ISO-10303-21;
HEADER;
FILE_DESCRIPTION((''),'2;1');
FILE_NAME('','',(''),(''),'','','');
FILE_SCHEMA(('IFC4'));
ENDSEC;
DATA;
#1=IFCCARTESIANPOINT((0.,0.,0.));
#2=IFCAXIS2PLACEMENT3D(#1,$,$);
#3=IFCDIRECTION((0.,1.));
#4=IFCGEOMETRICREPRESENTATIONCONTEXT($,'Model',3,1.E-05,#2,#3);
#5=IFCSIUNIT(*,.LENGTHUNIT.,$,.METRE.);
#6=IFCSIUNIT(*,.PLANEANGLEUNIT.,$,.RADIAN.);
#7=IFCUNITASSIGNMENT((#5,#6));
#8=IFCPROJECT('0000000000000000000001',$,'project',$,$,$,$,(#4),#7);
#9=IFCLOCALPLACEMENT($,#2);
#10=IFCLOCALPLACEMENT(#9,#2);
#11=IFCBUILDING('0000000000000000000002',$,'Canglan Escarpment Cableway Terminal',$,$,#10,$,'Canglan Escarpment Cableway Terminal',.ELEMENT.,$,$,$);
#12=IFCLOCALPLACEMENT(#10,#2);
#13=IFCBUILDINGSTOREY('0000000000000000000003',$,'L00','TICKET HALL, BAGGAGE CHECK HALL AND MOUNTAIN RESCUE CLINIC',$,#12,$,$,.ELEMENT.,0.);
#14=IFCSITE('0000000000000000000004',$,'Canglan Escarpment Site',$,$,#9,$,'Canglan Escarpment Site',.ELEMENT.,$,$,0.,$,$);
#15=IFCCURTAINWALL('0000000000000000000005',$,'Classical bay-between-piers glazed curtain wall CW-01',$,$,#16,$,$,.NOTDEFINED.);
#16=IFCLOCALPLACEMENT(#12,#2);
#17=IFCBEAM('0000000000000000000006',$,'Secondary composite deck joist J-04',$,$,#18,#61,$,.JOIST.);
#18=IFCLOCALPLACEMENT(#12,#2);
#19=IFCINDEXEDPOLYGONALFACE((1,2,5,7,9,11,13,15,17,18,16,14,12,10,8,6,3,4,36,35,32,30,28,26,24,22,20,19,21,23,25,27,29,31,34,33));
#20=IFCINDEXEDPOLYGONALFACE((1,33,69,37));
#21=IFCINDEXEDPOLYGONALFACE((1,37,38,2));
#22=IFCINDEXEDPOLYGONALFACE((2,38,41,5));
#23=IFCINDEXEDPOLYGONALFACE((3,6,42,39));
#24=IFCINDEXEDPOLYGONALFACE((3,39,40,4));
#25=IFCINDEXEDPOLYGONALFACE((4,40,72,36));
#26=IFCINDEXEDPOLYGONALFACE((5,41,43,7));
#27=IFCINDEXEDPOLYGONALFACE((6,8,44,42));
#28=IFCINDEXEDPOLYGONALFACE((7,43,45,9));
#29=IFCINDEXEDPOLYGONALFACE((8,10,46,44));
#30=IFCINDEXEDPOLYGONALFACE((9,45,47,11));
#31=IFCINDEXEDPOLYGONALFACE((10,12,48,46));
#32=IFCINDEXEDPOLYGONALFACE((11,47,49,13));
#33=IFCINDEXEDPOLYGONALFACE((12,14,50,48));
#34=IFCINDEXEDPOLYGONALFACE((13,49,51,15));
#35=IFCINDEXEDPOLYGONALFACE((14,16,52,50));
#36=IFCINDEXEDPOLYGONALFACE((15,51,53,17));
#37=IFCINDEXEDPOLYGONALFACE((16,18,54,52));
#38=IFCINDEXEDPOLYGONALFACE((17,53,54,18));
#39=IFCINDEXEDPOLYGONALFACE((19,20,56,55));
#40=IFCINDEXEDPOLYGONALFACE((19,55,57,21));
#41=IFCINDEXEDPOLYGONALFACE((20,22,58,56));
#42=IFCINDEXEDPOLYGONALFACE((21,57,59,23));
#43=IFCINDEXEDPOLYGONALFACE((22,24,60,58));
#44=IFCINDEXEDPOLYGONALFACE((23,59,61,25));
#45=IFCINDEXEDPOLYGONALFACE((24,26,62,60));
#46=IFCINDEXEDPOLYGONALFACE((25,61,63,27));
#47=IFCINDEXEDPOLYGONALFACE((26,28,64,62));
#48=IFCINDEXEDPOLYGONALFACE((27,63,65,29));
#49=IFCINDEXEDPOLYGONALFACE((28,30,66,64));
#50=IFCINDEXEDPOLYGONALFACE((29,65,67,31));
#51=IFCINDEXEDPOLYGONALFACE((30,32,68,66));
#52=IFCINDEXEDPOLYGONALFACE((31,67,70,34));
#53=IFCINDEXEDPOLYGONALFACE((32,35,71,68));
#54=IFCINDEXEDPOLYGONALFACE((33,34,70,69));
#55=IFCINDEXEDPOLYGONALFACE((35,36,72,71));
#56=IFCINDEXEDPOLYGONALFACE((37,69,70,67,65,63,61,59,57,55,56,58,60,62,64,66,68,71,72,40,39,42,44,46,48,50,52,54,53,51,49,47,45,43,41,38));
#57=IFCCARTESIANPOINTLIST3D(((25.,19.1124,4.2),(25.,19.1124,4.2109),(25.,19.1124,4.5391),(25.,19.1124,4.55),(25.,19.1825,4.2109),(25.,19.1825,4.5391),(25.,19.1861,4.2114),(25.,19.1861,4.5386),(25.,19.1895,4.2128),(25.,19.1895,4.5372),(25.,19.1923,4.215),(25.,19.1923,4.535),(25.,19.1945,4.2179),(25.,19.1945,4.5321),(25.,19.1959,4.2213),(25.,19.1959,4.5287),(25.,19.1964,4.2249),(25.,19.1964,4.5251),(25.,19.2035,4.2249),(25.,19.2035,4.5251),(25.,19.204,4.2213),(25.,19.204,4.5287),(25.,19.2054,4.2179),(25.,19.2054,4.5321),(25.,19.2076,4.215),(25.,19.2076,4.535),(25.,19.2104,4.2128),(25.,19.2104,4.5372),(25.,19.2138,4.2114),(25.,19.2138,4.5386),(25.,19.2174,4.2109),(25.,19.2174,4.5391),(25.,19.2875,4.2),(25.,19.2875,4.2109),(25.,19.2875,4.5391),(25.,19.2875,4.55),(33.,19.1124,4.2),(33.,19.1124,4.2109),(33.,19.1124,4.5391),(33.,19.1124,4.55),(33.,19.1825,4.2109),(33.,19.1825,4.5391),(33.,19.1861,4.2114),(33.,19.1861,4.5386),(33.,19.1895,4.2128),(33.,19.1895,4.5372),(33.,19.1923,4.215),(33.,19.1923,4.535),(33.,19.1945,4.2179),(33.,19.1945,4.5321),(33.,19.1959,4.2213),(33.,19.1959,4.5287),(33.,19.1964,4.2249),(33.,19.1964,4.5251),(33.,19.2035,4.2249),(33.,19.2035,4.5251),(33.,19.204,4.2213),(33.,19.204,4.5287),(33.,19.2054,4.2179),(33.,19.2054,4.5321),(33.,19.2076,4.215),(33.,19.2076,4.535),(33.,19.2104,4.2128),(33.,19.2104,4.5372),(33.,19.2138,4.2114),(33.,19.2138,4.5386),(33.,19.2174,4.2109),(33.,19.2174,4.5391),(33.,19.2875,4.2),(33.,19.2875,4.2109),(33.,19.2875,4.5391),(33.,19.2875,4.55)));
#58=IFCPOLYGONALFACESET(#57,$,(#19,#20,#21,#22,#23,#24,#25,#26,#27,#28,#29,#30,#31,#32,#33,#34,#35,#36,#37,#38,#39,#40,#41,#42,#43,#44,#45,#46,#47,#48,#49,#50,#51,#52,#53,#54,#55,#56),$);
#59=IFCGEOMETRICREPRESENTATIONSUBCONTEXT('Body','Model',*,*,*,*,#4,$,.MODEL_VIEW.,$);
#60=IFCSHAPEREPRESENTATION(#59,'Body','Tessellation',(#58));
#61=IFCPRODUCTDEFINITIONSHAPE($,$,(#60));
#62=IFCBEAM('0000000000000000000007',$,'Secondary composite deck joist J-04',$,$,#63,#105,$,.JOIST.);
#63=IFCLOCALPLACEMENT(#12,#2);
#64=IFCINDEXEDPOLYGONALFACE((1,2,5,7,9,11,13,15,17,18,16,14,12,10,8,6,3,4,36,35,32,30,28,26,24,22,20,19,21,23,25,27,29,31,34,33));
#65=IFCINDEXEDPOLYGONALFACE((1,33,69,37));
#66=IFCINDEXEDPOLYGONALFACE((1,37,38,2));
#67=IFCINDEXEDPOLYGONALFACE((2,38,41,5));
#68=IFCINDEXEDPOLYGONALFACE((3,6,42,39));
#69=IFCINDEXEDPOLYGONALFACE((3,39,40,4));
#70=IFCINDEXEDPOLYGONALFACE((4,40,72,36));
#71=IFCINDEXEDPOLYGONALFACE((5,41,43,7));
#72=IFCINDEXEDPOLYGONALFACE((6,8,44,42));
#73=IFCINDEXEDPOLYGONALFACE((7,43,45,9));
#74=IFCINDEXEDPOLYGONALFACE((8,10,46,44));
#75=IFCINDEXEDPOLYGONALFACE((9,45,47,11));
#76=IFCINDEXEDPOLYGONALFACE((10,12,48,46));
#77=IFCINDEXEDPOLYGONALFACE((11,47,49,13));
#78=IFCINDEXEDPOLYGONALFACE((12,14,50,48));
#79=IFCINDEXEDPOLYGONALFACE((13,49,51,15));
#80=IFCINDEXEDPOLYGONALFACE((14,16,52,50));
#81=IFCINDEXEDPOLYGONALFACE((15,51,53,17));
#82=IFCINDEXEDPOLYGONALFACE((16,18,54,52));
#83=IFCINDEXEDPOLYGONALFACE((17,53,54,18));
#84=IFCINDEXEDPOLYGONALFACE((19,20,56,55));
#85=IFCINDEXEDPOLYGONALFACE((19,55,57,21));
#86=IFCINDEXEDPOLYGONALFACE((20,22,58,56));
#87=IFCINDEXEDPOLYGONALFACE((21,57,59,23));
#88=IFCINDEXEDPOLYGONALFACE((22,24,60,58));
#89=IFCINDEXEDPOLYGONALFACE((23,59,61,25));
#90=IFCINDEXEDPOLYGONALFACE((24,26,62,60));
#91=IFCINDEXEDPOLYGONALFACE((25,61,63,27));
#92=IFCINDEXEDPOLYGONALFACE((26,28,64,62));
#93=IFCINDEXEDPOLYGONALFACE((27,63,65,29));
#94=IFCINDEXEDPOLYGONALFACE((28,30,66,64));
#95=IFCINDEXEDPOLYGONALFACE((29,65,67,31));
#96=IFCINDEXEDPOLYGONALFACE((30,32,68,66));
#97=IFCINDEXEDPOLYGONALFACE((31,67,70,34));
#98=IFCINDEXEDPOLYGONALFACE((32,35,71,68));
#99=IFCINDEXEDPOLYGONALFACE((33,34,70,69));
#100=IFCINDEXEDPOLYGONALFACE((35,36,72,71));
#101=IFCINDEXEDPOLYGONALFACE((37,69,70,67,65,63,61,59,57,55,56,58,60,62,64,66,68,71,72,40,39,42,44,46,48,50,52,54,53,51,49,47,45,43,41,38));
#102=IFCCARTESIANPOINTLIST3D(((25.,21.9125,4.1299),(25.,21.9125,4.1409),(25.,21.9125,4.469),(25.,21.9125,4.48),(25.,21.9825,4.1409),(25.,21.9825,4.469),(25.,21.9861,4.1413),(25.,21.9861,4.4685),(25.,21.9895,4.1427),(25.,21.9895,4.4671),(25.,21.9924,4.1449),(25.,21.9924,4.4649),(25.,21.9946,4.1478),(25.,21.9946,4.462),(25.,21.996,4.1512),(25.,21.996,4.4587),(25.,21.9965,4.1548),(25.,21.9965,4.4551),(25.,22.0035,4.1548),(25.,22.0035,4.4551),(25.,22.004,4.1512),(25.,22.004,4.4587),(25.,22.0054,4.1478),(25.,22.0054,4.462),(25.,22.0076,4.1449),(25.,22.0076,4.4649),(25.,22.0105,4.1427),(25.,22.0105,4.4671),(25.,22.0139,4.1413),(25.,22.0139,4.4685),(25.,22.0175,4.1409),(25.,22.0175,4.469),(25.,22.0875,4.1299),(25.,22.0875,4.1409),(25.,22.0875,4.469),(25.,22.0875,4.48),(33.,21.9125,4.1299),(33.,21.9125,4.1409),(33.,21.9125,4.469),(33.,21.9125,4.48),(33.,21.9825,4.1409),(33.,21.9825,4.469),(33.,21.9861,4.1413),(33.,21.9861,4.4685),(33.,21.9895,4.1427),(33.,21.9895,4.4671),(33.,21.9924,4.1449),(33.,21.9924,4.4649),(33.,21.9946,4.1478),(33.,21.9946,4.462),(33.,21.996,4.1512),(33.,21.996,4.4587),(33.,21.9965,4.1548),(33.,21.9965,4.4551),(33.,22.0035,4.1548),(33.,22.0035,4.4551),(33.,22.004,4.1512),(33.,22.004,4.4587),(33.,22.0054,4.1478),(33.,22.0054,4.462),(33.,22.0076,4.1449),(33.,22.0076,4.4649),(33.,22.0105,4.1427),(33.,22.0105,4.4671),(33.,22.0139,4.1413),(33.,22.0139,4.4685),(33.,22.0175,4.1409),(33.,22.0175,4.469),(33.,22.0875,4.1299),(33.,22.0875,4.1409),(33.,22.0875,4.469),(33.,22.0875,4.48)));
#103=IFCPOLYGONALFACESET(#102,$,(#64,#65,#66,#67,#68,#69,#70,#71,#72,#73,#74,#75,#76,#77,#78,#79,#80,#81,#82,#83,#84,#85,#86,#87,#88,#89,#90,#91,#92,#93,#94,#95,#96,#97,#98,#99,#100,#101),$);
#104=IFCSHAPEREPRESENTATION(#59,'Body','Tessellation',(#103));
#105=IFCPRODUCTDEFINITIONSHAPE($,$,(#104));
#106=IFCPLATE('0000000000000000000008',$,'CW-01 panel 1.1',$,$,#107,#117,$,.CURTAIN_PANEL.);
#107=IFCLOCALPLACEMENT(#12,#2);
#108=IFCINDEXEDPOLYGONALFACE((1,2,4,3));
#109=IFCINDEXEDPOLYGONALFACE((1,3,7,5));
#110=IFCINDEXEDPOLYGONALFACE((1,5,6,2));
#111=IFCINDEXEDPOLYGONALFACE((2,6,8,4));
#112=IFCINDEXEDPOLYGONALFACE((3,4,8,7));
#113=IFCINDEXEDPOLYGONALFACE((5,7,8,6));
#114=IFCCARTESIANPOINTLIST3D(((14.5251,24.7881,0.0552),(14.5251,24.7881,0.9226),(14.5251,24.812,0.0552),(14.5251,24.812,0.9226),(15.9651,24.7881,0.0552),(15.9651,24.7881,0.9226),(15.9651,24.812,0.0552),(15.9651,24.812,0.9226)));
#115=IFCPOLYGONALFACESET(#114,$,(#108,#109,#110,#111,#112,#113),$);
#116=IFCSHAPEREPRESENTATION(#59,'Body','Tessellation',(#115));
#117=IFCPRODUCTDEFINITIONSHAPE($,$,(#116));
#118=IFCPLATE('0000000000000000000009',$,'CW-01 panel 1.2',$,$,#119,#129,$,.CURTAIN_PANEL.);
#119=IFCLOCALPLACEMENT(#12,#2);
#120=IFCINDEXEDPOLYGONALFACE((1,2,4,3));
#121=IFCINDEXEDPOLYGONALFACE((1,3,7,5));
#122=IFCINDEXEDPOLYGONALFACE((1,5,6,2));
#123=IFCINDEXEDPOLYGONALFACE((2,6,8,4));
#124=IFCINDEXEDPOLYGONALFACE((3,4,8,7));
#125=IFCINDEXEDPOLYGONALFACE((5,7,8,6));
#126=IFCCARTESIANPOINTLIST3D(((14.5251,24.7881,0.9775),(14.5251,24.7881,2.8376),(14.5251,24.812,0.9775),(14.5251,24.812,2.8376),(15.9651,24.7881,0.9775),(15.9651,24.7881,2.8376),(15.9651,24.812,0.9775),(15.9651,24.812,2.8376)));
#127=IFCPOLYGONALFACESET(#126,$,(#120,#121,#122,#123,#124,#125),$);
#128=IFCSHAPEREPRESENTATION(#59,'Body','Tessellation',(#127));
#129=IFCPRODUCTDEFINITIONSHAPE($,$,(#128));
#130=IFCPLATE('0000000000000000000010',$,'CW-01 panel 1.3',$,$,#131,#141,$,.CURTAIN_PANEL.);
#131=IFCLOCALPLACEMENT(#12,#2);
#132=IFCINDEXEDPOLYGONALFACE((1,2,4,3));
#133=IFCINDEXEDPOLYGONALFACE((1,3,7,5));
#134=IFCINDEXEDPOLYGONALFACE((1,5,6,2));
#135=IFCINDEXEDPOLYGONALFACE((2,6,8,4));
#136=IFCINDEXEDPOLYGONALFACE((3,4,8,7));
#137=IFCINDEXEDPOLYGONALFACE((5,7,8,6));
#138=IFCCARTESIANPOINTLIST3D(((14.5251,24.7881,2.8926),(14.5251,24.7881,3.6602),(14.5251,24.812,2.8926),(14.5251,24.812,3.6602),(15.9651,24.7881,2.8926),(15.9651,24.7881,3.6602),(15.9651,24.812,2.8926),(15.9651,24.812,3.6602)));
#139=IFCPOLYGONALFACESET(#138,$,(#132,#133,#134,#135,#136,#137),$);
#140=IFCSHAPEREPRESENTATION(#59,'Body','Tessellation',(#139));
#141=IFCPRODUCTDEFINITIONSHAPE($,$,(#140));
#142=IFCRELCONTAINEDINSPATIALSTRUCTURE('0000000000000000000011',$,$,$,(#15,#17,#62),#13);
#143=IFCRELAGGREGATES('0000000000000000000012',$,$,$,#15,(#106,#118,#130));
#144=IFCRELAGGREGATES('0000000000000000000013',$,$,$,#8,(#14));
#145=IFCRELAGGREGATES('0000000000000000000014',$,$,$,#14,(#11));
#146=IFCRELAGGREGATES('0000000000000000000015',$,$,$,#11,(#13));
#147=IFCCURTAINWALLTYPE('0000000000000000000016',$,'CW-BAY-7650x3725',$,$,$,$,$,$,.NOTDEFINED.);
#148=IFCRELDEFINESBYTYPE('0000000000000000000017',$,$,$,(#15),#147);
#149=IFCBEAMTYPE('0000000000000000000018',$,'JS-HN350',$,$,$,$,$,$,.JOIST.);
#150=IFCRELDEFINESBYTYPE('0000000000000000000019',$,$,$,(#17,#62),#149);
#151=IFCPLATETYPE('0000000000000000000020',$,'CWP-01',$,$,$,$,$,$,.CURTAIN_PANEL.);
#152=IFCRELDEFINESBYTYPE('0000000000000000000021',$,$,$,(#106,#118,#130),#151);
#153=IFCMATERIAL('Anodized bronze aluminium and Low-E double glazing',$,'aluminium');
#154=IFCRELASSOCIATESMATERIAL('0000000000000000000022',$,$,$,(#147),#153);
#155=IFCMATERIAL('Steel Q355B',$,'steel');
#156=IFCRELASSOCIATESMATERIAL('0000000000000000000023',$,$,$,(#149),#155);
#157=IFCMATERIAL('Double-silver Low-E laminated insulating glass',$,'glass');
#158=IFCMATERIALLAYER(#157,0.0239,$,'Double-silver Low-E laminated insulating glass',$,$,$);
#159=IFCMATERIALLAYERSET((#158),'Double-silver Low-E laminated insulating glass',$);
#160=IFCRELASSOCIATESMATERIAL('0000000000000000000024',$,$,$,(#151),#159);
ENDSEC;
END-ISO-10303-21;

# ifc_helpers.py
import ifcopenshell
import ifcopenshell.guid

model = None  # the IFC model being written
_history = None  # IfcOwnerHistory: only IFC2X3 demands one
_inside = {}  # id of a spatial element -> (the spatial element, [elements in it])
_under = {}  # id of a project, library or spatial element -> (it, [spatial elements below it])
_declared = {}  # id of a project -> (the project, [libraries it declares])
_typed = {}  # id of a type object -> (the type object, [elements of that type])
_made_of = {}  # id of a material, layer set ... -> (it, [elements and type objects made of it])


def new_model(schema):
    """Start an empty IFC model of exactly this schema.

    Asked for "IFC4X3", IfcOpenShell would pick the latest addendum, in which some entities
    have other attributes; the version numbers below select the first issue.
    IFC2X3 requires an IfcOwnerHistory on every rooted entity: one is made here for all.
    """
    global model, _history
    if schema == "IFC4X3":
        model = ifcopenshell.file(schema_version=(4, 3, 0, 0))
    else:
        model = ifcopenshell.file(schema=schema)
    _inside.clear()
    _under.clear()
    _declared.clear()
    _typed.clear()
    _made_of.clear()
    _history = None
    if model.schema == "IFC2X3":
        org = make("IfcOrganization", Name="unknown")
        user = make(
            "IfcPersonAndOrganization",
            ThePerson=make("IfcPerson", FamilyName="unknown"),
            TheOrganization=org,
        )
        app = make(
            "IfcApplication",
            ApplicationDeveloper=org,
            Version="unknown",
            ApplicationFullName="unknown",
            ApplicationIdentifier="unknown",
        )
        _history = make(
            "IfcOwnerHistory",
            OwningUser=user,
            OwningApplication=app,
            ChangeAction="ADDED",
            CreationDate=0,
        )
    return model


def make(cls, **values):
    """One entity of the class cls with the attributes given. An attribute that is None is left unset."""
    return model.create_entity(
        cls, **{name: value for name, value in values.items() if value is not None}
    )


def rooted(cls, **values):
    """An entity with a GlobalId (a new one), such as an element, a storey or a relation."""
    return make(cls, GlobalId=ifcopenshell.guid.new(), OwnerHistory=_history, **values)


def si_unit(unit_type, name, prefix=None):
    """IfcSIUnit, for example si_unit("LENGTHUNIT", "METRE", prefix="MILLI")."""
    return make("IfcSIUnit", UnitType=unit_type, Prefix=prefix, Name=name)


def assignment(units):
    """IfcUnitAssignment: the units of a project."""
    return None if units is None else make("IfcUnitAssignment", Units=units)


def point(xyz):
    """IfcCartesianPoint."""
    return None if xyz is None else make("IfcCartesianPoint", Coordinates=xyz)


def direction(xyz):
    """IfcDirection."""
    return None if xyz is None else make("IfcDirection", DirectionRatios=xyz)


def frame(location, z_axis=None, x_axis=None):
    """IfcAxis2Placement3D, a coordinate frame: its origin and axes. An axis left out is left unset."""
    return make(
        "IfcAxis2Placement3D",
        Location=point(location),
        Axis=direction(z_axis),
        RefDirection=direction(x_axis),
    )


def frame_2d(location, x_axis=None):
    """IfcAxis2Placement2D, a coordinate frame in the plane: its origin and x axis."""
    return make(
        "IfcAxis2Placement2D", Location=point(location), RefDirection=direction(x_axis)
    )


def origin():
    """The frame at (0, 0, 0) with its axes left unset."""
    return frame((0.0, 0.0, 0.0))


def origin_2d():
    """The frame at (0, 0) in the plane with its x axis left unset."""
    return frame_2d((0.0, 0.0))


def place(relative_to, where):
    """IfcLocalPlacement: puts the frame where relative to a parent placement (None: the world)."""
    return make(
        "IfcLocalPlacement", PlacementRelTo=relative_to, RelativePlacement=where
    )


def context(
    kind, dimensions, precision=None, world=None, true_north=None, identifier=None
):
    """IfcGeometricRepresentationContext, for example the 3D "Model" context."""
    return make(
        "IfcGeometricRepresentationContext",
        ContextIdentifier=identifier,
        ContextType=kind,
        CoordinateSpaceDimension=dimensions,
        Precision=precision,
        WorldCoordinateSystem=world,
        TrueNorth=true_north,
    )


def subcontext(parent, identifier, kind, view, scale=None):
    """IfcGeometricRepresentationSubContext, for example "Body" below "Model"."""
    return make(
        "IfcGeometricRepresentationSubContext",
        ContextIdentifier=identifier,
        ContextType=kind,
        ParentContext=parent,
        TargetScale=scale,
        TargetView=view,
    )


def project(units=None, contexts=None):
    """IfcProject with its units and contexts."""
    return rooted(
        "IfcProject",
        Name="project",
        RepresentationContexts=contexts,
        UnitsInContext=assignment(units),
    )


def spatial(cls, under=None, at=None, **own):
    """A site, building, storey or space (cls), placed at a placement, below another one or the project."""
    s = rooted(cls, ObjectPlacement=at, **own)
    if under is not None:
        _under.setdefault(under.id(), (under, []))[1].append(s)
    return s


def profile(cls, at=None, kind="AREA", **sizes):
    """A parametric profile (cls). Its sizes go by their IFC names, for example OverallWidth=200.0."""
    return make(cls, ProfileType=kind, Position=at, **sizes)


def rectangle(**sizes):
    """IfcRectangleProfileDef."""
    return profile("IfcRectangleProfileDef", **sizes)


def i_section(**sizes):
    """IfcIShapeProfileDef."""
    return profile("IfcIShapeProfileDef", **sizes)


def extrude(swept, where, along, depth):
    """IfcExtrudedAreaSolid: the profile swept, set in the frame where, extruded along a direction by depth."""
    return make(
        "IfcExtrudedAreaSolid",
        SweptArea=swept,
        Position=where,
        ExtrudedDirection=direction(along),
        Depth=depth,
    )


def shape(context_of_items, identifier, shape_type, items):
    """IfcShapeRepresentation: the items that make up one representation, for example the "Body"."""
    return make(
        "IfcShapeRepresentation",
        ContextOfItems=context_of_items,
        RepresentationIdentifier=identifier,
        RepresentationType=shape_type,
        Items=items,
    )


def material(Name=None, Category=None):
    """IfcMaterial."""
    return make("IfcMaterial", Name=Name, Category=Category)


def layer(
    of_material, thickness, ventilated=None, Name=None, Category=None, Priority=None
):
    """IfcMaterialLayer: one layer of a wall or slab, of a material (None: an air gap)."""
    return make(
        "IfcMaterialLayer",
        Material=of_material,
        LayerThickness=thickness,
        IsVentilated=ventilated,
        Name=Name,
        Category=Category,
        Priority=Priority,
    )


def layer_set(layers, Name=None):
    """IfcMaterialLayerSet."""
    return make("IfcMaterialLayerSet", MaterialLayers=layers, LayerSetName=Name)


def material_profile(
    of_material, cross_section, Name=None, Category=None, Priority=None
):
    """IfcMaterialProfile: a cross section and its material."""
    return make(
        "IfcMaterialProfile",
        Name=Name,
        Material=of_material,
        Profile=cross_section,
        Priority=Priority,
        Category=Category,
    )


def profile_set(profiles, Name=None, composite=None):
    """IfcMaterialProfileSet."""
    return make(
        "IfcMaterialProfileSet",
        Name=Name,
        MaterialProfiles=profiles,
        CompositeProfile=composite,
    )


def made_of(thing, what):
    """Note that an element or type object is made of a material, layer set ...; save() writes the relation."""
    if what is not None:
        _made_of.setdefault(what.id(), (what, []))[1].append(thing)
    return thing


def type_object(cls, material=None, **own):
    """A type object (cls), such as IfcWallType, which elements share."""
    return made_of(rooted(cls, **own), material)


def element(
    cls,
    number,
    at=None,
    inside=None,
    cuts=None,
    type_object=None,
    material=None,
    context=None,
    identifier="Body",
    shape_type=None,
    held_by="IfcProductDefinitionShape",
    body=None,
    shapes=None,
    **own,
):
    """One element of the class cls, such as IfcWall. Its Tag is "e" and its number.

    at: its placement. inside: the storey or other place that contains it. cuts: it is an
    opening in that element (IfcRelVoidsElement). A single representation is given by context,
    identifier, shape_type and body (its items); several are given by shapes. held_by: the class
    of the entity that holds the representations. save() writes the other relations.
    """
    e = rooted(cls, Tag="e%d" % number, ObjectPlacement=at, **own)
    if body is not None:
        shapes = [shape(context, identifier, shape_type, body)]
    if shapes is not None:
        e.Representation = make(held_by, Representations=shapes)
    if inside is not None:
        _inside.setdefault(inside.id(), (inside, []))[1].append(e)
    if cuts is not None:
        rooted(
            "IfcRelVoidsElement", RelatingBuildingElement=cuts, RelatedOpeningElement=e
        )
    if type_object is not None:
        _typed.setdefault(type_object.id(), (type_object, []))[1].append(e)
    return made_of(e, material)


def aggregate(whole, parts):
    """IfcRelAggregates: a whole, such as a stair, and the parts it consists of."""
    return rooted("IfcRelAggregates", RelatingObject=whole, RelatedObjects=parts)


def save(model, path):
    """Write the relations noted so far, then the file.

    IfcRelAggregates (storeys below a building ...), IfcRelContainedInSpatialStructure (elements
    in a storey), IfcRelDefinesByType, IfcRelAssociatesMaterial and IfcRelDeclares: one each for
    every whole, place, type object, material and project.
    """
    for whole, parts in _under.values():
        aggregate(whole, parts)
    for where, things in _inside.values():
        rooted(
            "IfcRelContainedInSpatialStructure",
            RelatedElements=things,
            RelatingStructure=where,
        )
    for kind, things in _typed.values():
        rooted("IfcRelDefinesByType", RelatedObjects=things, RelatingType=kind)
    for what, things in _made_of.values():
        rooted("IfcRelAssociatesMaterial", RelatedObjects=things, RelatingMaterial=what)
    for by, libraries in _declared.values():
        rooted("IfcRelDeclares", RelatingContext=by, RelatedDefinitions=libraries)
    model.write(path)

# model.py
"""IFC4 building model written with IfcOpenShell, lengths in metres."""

from ifc_helpers import new_model, si_unit, direction, frame, origin, origin_2d, place, context, subcontext, project, spatial, rectangle, i_section, extrude, material, layer, layer_set, material_profile, profile_set, type_object, element, aggregate, save


model = new_model("IFC4")

# Units and contexts
model_context = context("Model", 3, precision=1e-05, world=origin(), true_north=direction((0.0, 1.0)))
body_context = subcontext(model_context, "Body", "Model", "MODEL_VIEW")
ifc_project = project(units=[si_unit("LENGTHUNIT", "METRE"), si_unit("PLANEANGLEUNIT", "RADIAN")], contexts=[model_context])

# Site, building, storey
site_placement = place(None, origin())
site = spatial("IfcSite", under=ifc_project, at=site_placement, Name="Canglan Escarpment Site", LongName="Canglan Escarpment Site", CompositionType="ELEMENT", RefElevation=0.0)
building_placement = place(site_placement, origin())
building = spatial("IfcBuilding", under=site, at=building_placement, Name="Canglan Escarpment Cableway Terminal", LongName="Canglan Escarpment Cableway Terminal", CompositionType="ELEMENT")
storey_placement = place(building_placement, origin())
storey = spatial("IfcBuildingStorey", under=building, at=storey_placement, Name="L00", Description="TICKET HALL, BAGGAGE CHECK HALL AND MOUNTAIN RESCUE CLINIC", CompositionType="ELEMENT", Elevation=0.0)

# Curtain wall
ifc_material_1 = material(Name="Anodized bronze aluminium and Low-E double glazing", Category="aluminium")
curtain_wall_type = type_object("IfcCurtainWallType", Name="CW-BAY-7650x3725", PredefinedType="NOTDEFINED", material=ifc_material_1)
curtain_wall_placement = place(storey_placement, origin())
curtain_wall = element("IfcCurtainWall", 1, at=curtain_wall_placement, inside=storey, type_object=curtain_wall_type, Name="Classical bay-between-piers glazed curtain wall CW-01", PredefinedType="NOTDEFINED")

# Beams
ifc_material_2 = material(Name="Steel Q355B", Category="steel")
ifc_material_profile_1 = material_profile(ifc_material_2, i_section(OverallWidth=0.175, OverallDepth=0.3501, WebThickness=0.0071, FlangeThickness=0.011, FilletRadius=0.0139, at=origin_2d()), Name="HN 350x175x7x11")
ifc_profile_set_1 = profile_set([ifc_material_profile_1], Name="Steel Q355B")
beam_type_1 = type_object("IfcBeamType", Name="JS-HN350", PredefinedType="JOIST", material=ifc_profile_set_1)
for number, where, z_axis, x_axis, name in (
    (2, (25.0, 19.2, 4.375), (1.0, 0.0, 0.0), (0.0, 1.0, 0.0), "Secondary composite deck joist J-04"),
    (3, (25.0, 22.0, 4.3049), (1.0, 0.0, 0.0), (0.0, 1.0, 0.0), "Secondary composite deck joist J-04"),
):
    element("IfcBeam", number, at=place(storey_placement, frame(where, z_axis=z_axis, x_axis=x_axis)), inside=storey, type_object=beam_type_1, Name=name, PredefinedType="JOIST", context=body_context, shape_type="SweptSolid", body=[
        extrude(i_section(OverallWidth=0.175, OverallDepth=0.3501, WebThickness=0.0071, FlangeThickness=0.011, FilletRadius=0.0139, at=origin_2d()), origin(), (0.0, 0.0, 1.0), 8.0),
    ])

# Plates
ifc_material_3 = material(Name="Double-silver Low-E laminated insulating glass", Category="glass")
ifc_layer = layer(ifc_material_3, 0.0239, Name="Double-silver Low-E laminated insulating glass")
ifc_layer_set = layer_set([ifc_layer], Name="Double-silver Low-E laminated insulating glass")
plate_type = type_object("IfcPlateType", Name="CWP-01", PredefinedType="CURTAIN_PANEL", material=ifc_layer_set)
plate_1_placement = place(storey_placement, frame((15.2451, 24.8, 0.0552), z_axis=(0.0, 0.0, 1.0), x_axis=(-1.0, 0.0, 0.0)))
plate_1 = element("IfcPlate", 4, at=plate_1_placement, type_object=plate_type, Name="CW-01 panel 1.1", PredefinedType="CURTAIN_PANEL", context=body_context, shape_type="SweptSolid", body=[
    extrude(rectangle(XDim=1.4399, YDim=0.0239, at=origin_2d()), origin(), (0.0, 0.0, 1.0), 0.8674),
])
plate_2_placement = place(storey_placement, frame((15.2451, 24.8, 0.9775), z_axis=(0.0, 0.0, 1.0), x_axis=(-1.0, 0.0, 0.0)))
plate_2 = element("IfcPlate", 5, at=plate_2_placement, type_object=plate_type, Name="CW-01 panel 1.2", PredefinedType="CURTAIN_PANEL", context=body_context, shape_type="SweptSolid", body=[
    extrude(rectangle(XDim=1.4399, YDim=0.0239, at=origin_2d()), origin(), (0.0, 0.0, 1.0), 1.8601),
])
plate_3_placement = place(storey_placement, frame((15.2451, 24.8, 2.8926), z_axis=(0.0, 0.0, 1.0), x_axis=(-1.0, 0.0, 0.0)))
plate_3 = element("IfcPlate", 6, at=plate_3_placement, type_object=plate_type, Name="CW-01 panel 1.3", PredefinedType="CURTAIN_PANEL", context=body_context, shape_type="SweptSolid", body=[
    extrude(rectangle(XDim=1.4399, YDim=0.0239, at=origin_2d()), origin(), (0.0, 0.0, 1.0), 0.7676),
])
aggregate(curtain_wall, [plate_1, plate_2, plate_3])

save(model, "model.ifc")
